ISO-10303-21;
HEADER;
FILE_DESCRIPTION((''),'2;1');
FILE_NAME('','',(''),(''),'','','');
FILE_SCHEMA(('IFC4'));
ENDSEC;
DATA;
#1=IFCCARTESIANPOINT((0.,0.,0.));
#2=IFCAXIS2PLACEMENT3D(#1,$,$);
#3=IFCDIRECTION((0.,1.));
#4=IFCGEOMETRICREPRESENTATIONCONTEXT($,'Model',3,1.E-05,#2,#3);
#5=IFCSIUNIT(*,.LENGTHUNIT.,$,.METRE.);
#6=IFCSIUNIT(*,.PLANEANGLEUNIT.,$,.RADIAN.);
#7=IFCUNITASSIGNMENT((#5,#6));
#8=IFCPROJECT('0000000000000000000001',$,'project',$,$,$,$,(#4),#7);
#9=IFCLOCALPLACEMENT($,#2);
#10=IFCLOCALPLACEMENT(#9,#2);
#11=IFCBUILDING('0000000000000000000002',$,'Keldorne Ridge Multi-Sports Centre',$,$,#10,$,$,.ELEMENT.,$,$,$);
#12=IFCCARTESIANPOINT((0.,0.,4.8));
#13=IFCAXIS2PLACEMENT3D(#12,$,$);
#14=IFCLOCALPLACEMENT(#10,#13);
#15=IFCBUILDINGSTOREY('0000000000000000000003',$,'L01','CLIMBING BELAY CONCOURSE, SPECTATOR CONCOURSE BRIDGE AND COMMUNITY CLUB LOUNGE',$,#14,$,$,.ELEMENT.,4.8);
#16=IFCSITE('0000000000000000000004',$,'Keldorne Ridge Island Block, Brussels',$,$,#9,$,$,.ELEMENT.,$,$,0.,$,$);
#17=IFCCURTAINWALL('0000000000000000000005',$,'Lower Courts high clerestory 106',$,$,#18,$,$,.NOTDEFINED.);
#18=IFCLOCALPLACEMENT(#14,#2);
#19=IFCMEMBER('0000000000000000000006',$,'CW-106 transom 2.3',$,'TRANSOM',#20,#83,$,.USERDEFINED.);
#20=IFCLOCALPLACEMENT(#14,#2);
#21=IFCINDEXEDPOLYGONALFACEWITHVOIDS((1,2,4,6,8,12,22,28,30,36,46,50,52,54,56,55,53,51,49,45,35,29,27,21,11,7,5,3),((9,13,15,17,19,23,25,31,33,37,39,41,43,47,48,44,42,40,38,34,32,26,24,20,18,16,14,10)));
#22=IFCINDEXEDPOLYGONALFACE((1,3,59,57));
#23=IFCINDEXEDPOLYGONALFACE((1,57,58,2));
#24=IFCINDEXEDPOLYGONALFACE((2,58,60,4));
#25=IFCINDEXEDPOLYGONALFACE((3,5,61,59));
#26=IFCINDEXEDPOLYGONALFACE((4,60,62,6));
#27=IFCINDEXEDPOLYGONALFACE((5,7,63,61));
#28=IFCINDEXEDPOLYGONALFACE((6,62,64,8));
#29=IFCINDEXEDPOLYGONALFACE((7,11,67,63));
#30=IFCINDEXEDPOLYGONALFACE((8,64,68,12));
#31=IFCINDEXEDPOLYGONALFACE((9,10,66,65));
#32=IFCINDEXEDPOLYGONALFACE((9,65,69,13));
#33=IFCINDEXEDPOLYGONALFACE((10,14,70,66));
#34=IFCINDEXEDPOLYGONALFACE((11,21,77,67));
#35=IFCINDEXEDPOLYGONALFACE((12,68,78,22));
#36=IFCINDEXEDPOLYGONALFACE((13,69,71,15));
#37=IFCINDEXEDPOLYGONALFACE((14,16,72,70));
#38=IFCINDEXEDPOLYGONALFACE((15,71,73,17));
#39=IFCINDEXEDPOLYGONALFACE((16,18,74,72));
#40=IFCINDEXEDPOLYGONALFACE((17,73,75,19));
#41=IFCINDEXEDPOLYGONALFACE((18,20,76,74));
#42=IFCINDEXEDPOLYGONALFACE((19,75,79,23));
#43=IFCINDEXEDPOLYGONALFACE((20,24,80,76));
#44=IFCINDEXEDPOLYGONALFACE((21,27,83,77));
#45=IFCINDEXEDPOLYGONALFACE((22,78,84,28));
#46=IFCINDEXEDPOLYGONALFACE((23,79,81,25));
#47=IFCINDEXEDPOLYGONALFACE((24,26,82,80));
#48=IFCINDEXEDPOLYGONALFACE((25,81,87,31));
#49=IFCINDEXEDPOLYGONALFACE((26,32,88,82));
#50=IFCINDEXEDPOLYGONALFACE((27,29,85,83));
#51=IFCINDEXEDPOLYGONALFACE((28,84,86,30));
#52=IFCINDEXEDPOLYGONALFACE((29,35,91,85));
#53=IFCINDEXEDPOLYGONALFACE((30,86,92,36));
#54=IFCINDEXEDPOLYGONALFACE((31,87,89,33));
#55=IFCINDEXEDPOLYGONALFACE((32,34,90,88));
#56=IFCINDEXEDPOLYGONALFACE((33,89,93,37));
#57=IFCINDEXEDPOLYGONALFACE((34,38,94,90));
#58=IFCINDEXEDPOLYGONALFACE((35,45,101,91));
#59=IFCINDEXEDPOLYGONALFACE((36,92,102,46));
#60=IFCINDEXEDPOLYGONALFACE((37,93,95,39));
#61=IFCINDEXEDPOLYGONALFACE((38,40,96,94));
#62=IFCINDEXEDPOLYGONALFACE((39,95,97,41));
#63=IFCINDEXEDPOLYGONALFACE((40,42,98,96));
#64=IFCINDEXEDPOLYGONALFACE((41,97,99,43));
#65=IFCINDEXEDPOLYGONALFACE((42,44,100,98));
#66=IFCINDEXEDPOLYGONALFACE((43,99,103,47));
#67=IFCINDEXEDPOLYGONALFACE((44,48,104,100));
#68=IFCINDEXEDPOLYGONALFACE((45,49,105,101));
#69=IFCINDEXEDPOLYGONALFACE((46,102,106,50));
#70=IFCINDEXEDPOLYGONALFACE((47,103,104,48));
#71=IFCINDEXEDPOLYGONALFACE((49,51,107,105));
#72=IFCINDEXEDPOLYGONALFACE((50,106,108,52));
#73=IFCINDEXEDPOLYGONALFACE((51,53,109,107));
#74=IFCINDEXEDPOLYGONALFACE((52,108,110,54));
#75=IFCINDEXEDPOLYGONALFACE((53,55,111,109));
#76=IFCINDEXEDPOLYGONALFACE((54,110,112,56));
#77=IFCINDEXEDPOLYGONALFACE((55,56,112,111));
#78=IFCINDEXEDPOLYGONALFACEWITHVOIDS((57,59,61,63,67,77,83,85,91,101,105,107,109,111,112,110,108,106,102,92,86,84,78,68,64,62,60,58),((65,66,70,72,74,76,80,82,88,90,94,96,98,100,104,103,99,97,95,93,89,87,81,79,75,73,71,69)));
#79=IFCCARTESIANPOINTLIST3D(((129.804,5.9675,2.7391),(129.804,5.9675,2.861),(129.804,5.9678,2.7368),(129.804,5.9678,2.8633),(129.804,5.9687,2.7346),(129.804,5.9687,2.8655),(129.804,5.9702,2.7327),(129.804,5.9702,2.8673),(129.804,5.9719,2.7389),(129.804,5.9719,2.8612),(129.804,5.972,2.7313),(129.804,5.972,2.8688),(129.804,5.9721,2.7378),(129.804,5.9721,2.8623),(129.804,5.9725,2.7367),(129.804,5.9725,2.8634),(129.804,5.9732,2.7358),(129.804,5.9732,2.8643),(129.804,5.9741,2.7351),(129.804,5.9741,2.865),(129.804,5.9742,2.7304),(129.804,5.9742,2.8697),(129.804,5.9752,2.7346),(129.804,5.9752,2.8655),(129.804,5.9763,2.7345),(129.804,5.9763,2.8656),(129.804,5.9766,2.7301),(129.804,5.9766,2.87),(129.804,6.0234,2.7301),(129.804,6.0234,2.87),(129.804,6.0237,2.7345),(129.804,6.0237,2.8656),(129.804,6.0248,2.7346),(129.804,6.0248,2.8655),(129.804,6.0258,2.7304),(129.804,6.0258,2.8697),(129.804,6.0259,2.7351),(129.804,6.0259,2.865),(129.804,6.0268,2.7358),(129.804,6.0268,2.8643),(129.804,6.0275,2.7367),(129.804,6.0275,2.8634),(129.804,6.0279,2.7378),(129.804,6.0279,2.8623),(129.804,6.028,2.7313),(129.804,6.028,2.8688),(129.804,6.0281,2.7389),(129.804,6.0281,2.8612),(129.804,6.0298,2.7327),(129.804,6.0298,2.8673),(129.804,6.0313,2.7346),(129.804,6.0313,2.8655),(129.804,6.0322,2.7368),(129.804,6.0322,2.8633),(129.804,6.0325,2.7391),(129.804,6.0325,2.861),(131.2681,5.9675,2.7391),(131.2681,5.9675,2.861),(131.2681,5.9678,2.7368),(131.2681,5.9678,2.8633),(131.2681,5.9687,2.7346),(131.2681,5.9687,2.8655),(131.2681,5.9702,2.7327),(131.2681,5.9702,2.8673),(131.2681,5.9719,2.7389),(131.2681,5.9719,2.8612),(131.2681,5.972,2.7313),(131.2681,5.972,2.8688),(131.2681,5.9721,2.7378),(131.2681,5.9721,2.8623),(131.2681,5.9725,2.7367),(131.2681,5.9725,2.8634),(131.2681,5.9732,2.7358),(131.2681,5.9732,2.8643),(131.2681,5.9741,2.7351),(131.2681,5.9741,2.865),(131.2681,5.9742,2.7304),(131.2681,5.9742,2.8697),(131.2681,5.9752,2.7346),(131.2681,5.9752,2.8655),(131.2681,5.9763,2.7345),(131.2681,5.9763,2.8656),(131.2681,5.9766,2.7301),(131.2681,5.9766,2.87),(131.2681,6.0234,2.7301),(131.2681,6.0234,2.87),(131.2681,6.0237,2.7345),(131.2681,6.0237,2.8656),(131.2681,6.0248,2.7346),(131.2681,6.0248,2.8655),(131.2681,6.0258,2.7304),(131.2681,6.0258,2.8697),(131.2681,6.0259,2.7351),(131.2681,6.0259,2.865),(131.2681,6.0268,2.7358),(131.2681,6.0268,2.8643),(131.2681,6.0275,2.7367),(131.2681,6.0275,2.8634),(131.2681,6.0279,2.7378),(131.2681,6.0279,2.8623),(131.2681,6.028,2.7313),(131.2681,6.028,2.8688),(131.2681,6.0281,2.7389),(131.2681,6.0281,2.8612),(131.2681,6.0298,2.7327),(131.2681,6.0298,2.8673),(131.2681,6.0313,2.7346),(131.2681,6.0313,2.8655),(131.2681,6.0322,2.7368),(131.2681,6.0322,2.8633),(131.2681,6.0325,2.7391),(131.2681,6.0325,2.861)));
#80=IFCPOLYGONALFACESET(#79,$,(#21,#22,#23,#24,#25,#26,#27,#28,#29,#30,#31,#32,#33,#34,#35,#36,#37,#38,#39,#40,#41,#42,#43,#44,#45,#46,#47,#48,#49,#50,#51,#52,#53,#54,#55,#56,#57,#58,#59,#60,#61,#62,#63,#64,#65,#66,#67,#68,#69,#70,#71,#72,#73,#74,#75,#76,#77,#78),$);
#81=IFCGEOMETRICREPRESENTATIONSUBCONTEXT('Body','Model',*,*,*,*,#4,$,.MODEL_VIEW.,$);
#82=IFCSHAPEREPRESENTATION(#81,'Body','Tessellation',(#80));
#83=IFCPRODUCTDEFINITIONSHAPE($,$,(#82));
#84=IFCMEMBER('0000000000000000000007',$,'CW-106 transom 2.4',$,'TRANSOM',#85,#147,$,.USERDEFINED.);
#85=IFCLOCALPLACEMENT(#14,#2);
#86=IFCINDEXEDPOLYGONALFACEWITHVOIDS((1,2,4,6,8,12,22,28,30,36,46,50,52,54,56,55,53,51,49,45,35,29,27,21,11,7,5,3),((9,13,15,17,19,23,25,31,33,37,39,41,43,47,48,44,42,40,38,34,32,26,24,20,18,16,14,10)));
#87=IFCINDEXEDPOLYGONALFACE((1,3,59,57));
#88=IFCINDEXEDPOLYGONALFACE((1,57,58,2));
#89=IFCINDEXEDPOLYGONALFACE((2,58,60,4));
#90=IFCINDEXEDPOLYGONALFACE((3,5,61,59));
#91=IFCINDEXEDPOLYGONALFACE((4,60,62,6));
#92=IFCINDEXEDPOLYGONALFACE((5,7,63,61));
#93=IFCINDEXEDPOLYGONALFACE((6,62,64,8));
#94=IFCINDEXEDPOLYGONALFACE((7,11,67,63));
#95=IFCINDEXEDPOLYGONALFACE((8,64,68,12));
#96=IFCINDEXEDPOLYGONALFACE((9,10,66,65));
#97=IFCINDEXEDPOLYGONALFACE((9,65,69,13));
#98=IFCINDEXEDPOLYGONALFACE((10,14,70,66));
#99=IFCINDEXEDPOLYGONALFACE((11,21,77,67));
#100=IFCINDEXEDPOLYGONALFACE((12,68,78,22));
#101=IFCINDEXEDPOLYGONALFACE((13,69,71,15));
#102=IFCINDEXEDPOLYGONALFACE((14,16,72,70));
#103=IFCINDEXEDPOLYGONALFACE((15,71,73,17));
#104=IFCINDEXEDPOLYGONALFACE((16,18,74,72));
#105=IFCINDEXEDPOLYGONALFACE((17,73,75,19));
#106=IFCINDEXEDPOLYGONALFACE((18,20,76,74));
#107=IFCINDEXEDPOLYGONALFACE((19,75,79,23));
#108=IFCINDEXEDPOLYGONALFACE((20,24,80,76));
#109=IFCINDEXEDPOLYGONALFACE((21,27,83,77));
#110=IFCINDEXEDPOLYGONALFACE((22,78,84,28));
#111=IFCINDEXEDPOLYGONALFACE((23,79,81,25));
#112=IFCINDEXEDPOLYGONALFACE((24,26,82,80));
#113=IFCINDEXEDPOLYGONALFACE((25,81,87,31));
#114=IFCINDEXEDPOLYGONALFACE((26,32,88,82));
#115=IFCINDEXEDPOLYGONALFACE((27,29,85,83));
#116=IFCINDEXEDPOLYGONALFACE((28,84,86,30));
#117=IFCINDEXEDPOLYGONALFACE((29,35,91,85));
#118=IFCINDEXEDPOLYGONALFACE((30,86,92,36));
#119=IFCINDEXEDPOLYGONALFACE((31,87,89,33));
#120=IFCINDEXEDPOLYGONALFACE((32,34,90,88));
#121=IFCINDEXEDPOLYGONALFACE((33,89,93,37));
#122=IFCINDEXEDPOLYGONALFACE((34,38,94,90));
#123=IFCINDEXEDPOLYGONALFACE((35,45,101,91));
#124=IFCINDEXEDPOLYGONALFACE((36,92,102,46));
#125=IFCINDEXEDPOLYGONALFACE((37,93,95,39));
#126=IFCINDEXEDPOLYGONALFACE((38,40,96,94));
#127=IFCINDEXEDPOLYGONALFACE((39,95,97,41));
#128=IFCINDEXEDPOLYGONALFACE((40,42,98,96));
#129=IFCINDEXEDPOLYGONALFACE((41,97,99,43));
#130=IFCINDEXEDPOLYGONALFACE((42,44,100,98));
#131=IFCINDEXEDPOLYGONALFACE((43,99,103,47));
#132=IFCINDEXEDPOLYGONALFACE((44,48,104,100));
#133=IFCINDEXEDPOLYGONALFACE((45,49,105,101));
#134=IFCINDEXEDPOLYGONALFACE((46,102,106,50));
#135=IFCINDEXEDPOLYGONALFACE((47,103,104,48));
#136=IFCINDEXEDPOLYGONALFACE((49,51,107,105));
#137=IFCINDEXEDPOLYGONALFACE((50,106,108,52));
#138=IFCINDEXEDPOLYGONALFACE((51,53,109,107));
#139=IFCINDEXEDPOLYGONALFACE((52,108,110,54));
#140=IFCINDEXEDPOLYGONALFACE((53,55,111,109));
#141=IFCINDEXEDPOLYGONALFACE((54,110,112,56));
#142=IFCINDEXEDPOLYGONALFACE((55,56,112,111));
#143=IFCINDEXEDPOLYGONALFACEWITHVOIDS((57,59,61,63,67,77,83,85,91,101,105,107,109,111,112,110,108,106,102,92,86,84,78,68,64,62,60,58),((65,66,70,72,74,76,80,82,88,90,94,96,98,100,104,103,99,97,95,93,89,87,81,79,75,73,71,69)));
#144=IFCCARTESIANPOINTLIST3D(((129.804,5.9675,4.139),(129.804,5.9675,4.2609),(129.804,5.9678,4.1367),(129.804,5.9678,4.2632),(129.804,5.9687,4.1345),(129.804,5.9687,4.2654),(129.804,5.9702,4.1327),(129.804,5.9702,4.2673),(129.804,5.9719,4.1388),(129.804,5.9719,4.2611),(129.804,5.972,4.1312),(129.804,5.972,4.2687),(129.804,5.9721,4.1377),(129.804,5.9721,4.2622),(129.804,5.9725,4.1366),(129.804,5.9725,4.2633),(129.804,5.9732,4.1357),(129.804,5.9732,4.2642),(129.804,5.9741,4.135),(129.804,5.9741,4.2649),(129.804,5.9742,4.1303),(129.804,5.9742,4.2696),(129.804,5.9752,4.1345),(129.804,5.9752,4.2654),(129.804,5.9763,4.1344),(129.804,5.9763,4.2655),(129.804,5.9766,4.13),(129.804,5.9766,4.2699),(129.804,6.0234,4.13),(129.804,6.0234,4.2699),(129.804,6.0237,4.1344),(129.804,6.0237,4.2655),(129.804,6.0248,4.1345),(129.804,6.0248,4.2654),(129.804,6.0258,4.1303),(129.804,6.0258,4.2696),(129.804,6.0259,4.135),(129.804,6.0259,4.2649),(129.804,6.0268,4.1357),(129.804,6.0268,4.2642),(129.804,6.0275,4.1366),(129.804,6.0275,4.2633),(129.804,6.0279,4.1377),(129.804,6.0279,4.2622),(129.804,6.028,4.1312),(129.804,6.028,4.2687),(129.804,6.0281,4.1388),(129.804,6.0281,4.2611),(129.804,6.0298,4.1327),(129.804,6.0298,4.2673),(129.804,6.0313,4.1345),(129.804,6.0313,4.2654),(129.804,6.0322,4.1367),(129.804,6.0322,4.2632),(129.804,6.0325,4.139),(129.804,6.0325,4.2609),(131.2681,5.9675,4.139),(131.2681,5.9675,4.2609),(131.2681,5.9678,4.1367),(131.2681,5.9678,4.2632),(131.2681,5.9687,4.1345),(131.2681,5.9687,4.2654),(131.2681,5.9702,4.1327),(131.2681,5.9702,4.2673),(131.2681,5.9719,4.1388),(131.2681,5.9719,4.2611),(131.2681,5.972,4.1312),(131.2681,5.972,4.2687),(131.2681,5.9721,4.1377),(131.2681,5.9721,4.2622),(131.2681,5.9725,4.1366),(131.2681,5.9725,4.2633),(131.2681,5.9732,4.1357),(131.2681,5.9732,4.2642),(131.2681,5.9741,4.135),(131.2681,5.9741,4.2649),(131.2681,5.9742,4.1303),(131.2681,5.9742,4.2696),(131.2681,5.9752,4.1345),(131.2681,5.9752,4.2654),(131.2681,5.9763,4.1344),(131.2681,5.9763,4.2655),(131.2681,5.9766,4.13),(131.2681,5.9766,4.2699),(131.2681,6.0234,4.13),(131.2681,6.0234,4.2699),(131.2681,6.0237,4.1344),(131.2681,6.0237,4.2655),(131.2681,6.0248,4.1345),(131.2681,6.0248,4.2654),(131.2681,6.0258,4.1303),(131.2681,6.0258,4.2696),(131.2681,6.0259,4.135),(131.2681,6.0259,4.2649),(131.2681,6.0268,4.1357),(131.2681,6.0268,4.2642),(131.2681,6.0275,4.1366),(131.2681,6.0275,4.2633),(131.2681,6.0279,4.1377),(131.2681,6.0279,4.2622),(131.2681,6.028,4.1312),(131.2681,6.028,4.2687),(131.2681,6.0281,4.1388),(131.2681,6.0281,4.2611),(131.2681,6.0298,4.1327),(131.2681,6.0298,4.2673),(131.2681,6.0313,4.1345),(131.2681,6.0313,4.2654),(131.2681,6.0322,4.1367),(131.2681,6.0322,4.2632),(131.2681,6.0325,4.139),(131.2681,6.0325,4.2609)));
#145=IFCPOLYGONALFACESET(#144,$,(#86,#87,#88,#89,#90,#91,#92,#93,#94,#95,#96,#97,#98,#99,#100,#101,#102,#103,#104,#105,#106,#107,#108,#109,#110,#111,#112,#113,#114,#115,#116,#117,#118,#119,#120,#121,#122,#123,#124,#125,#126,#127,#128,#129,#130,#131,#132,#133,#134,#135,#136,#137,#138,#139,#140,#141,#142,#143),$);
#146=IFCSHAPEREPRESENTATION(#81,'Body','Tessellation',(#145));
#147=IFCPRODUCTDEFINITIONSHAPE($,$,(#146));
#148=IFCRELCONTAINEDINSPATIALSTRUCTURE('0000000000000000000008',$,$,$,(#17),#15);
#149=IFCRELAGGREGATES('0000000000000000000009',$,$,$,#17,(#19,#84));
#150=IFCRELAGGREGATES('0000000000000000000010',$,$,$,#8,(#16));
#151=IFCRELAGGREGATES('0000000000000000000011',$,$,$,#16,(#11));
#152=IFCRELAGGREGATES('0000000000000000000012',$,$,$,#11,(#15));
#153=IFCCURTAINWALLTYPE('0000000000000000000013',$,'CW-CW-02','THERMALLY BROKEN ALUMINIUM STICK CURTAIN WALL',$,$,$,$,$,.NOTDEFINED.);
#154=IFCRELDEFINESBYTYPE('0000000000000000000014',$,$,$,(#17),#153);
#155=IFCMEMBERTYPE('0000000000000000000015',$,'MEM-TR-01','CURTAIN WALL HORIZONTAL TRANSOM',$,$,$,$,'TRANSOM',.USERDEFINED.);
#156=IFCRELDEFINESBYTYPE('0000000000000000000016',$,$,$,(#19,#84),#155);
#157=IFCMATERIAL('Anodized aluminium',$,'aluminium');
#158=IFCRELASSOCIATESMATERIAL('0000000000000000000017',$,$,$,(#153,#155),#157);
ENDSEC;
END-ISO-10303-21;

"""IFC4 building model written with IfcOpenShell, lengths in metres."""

from ifc_helpers import new_model, si_unit, direction, frame, origin, origin_2d, place, context, subcontext, project, spatial, hollow_rectangle, extrude, material, material_profile, profile_set, type_object, element, aggregate, save


model = new_model("IFC4")

# Units and contexts
model_context = context("Model", 3, precision=1e-05, world=origin(), true_north=direction((0.0, 1.0)))
body_context = subcontext(model_context, "Body", "Model", "MODEL_VIEW")
ifc_project = project(units=[si_unit("LENGTHUNIT", "METRE"), si_unit("PLANEANGLEUNIT", "RADIAN")], contexts=[model_context])

# Site, building, storey
site_placement = place(None, origin())
site = spatial("IfcSite", under=ifc_project, at=site_placement, Name="Keldorne Ridge Island Block, Brussels", CompositionType="ELEMENT", RefElevation=0.0)
building_placement = place(site_placement, origin())
building = spatial("IfcBuilding", under=site, at=building_placement, Name="Keldorne Ridge Multi-Sports Centre", CompositionType="ELEMENT")
storey_placement = place(building_placement, frame((0.0, 0.0, 4.8)))
storey = spatial("IfcBuildingStorey", under=building, at=storey_placement, Name="L01", Description="CLIMBING BELAY CONCOURSE, SPECTATOR CONCOURSE BRIDGE AND COMMUNITY CLUB LOUNGE", CompositionType="ELEMENT", Elevation=4.8)

# Curtain wall, members
ifc_material_1 = material(Name="Anodized aluminium", Category="aluminium")
curtain_wall_type = type_object("IfcCurtainWallType", Name="CW-CW-02", Description="THERMALLY BROKEN ALUMINIUM STICK CURTAIN WALL", PredefinedType="NOTDEFINED", material=ifc_material_1)
curtain_wall_placement = place(storey_placement, origin())
curtain_wall = element("IfcCurtainWall", 1, at=curtain_wall_placement, inside=storey, type_object=curtain_wall_type, Name="Lower Courts high clerestory 106", PredefinedType="NOTDEFINED")
ifc_material_profile_1 = material_profile(ifc_material_1, hollow_rectangle(XDim=0.0649, YDim=0.1399, WallThickness=0.0044, InnerFilletRadius=0.0044, OuterFilletRadius=0.009, at=origin_2d()), Name="ALU TRANSOM 140x65x4.5")
ifc_profile_set_1 = profile_set([ifc_material_profile_1], Name="Anodized aluminium")
member_type_1 = type_object("IfcMemberType", Name="MEM-TR-01", Description="CURTAIN WALL HORIZONTAL TRANSOM", ElementType="TRANSOM", PredefinedType="USERDEFINED", material=ifc_profile_set_1)
member_1_placement = place(storey_placement, frame((129.804, 6.0, 2.8), z_axis=(1.0, 0.0, 0.0), x_axis=(0.0, 1.0, 0.0)))
member_1 = element("IfcMember", 2, at=member_1_placement, type_object=member_type_1, Name="CW-106 transom 2.3", ObjectType="TRANSOM", PredefinedType="USERDEFINED", context=body_context, shape_type="SweptSolid", body=[
    extrude(hollow_rectangle(XDim=0.0649, YDim=0.1399, WallThickness=0.0044, InnerFilletRadius=0.0044, OuterFilletRadius=0.009, at=origin_2d()), origin(), (0.0, 0.0, 1.0), 1.4641),
])
member_2_placement = place(storey_placement, frame((129.804, 6.0, 4.2), z_axis=(1.0, 0.0, 0.0), x_axis=(0.0, 1.0, 0.0)))
member_2 = element("IfcMember", 3, at=member_2_placement, type_object=member_type_1, Name="CW-106 transom 2.4", ObjectType="TRANSOM", PredefinedType="USERDEFINED", context=body_context, shape_type="SweptSolid", body=[
    extrude(hollow_rectangle(XDim=0.0649, YDim=0.1399, WallThickness=0.0044, InnerFilletRadius=0.0044, OuterFilletRadius=0.009, at=origin_2d()), origin(), (0.0, 0.0, 1.0), 1.4641),
])

aggregate(curtain_wall, [member_1, member_2])

save(model, "model.ifc")
